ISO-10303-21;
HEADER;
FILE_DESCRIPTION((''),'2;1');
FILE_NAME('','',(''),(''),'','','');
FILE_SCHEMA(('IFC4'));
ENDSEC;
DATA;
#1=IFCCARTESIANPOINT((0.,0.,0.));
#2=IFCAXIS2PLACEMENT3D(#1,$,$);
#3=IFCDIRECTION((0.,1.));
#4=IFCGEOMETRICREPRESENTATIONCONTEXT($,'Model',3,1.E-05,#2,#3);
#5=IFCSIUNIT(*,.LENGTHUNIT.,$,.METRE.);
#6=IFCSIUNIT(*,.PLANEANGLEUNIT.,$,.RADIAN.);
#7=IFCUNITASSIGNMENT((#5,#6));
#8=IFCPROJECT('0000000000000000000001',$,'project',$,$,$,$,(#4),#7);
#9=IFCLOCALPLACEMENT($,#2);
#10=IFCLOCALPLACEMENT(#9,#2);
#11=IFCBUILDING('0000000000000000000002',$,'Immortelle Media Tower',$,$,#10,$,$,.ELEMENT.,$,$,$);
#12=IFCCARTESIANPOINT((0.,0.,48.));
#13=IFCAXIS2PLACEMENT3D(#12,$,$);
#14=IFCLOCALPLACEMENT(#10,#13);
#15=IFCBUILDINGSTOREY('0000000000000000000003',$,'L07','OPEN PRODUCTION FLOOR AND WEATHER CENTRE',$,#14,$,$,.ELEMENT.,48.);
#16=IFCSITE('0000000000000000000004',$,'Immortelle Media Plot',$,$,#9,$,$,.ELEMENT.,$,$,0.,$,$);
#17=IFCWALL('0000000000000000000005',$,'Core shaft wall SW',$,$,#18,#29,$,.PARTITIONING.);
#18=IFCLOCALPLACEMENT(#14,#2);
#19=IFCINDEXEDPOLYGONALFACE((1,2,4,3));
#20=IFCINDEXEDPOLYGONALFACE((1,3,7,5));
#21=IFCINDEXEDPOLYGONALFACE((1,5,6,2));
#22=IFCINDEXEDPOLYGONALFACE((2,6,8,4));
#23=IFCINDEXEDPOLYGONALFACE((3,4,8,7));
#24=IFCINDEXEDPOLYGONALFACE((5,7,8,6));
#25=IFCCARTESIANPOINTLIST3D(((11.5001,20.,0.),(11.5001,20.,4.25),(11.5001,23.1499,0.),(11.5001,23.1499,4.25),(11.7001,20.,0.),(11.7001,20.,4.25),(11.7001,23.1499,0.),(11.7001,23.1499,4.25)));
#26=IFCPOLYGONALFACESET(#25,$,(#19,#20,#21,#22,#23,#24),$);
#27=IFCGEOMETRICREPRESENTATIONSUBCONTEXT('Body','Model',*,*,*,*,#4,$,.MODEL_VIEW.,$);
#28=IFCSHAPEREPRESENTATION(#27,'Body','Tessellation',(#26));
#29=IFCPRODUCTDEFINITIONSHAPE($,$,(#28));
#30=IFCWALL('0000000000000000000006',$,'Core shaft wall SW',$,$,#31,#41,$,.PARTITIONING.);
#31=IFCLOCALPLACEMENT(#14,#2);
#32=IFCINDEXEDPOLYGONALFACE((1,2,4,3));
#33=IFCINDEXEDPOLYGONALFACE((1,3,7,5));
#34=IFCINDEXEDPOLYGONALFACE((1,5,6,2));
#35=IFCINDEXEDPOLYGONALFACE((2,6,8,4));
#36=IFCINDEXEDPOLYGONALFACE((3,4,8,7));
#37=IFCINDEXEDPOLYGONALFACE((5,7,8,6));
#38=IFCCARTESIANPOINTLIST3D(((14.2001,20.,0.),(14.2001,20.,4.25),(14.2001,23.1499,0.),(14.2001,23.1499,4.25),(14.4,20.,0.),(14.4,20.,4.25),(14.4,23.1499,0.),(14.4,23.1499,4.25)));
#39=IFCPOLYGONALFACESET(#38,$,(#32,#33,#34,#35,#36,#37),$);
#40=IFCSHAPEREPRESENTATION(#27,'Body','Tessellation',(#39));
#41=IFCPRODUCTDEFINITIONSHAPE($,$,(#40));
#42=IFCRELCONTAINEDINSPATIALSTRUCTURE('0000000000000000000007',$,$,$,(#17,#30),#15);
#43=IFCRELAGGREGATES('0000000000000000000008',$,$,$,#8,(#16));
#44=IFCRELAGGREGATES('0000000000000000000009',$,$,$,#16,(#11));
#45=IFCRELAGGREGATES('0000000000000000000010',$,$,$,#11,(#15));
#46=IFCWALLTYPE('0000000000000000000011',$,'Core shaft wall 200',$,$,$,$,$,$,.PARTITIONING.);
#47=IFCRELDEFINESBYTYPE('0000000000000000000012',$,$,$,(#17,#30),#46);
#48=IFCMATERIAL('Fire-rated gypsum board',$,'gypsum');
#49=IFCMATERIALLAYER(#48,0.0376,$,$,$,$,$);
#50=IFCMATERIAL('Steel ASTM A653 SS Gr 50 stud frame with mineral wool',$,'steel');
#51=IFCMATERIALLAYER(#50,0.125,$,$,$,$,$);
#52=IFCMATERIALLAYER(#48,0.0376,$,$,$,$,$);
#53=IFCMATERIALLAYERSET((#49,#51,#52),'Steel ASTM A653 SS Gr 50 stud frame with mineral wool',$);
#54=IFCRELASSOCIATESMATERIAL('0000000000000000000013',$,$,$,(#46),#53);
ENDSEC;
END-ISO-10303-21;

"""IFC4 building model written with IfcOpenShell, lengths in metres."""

from ifc_helpers import new_model, si_unit, direction, frame, frame_2d, origin, place, context, subcontext, project, spatial, rectangle, extrude, material, layer, layer_set, type_object, element, save


model = new_model("IFC4")

# Units and contexts
model_context = context("Model", 3, precision=1e-05, world=origin(), true_north=direction((0.0, 1.0)))
body_context = subcontext(model_context, "Body", "Model", "MODEL_VIEW")
ifc_project = project(units=[si_unit("LENGTHUNIT", "METRE"), si_unit("PLANEANGLEUNIT", "RADIAN")], contexts=[model_context])

# Site, building, storey
site_placement = place(None, origin())
site = spatial("IfcSite", under=ifc_project, at=site_placement, Name="Immortelle Media Plot", CompositionType="ELEMENT", RefElevation=0.0)
building_placement = place(site_placement, origin())
building = spatial("IfcBuilding", under=site, at=building_placement, Name="Immortelle Media Tower", CompositionType="ELEMENT")
storey_placement = place(building_placement, frame((0.0, 0.0, 48.0)))
storey = spatial("IfcBuildingStorey", under=building, at=storey_placement, Name="L07", Description="OPEN PRODUCTION FLOOR AND WEATHER CENTRE", CompositionType="ELEMENT", Elevation=48.0)

# Shared definitions
ifc_material_1 = material(Name="Fire-rated gypsum board", Category="gypsum")
ifc_material_2 = material(Name="Steel ASTM A653 SS Gr 50 stud frame with mineral wool", Category="steel")

# Shared definitions
ifc_layer_1 = layer(ifc_material_1, 0.0376)
ifc_layer_2 = layer(ifc_material_2, 0.125)
ifc_layer_3 = layer(ifc_material_1, 0.0376)
ifc_layer_set_1 = layer_set([ifc_layer_1, ifc_layer_2, ifc_layer_3], Name="Steel ASTM A653 SS Gr 50 stud frame with mineral wool")
wall_type_1 = type_object("IfcWallType", Name="Core shaft wall 200", PredefinedType="PARTITIONING", material=ifc_layer_set_1)

# Walls
for number, where, z_axis, x_axis, name in (
    (1, (11.6001, 20.0, 0.0), (0.0, 0.0, 1.0), (0.0, 1.0, 0.0), "Core shaft wall SW"),
    (2, (14.3, 20.0, 0.0), (0.0, 0.0, 1.0), (0.0, 1.0, 0.0), "Core shaft wall SW"),
):
    element("IfcWall", number, at=place(storey_placement, frame(where, z_axis=z_axis, x_axis=x_axis)), inside=storey, type_object=wall_type_1, Name=name, PredefinedType="PARTITIONING", context=body_context, shape_type="SweptSolid", body=[
        extrude(rectangle(XDim=3.1499, YDim=0.2, at=frame_2d((1.575, 0.0))), origin(), (0.0, 0.0, 1.0), 4.25),
    ])

save(model, "model.ifc")
